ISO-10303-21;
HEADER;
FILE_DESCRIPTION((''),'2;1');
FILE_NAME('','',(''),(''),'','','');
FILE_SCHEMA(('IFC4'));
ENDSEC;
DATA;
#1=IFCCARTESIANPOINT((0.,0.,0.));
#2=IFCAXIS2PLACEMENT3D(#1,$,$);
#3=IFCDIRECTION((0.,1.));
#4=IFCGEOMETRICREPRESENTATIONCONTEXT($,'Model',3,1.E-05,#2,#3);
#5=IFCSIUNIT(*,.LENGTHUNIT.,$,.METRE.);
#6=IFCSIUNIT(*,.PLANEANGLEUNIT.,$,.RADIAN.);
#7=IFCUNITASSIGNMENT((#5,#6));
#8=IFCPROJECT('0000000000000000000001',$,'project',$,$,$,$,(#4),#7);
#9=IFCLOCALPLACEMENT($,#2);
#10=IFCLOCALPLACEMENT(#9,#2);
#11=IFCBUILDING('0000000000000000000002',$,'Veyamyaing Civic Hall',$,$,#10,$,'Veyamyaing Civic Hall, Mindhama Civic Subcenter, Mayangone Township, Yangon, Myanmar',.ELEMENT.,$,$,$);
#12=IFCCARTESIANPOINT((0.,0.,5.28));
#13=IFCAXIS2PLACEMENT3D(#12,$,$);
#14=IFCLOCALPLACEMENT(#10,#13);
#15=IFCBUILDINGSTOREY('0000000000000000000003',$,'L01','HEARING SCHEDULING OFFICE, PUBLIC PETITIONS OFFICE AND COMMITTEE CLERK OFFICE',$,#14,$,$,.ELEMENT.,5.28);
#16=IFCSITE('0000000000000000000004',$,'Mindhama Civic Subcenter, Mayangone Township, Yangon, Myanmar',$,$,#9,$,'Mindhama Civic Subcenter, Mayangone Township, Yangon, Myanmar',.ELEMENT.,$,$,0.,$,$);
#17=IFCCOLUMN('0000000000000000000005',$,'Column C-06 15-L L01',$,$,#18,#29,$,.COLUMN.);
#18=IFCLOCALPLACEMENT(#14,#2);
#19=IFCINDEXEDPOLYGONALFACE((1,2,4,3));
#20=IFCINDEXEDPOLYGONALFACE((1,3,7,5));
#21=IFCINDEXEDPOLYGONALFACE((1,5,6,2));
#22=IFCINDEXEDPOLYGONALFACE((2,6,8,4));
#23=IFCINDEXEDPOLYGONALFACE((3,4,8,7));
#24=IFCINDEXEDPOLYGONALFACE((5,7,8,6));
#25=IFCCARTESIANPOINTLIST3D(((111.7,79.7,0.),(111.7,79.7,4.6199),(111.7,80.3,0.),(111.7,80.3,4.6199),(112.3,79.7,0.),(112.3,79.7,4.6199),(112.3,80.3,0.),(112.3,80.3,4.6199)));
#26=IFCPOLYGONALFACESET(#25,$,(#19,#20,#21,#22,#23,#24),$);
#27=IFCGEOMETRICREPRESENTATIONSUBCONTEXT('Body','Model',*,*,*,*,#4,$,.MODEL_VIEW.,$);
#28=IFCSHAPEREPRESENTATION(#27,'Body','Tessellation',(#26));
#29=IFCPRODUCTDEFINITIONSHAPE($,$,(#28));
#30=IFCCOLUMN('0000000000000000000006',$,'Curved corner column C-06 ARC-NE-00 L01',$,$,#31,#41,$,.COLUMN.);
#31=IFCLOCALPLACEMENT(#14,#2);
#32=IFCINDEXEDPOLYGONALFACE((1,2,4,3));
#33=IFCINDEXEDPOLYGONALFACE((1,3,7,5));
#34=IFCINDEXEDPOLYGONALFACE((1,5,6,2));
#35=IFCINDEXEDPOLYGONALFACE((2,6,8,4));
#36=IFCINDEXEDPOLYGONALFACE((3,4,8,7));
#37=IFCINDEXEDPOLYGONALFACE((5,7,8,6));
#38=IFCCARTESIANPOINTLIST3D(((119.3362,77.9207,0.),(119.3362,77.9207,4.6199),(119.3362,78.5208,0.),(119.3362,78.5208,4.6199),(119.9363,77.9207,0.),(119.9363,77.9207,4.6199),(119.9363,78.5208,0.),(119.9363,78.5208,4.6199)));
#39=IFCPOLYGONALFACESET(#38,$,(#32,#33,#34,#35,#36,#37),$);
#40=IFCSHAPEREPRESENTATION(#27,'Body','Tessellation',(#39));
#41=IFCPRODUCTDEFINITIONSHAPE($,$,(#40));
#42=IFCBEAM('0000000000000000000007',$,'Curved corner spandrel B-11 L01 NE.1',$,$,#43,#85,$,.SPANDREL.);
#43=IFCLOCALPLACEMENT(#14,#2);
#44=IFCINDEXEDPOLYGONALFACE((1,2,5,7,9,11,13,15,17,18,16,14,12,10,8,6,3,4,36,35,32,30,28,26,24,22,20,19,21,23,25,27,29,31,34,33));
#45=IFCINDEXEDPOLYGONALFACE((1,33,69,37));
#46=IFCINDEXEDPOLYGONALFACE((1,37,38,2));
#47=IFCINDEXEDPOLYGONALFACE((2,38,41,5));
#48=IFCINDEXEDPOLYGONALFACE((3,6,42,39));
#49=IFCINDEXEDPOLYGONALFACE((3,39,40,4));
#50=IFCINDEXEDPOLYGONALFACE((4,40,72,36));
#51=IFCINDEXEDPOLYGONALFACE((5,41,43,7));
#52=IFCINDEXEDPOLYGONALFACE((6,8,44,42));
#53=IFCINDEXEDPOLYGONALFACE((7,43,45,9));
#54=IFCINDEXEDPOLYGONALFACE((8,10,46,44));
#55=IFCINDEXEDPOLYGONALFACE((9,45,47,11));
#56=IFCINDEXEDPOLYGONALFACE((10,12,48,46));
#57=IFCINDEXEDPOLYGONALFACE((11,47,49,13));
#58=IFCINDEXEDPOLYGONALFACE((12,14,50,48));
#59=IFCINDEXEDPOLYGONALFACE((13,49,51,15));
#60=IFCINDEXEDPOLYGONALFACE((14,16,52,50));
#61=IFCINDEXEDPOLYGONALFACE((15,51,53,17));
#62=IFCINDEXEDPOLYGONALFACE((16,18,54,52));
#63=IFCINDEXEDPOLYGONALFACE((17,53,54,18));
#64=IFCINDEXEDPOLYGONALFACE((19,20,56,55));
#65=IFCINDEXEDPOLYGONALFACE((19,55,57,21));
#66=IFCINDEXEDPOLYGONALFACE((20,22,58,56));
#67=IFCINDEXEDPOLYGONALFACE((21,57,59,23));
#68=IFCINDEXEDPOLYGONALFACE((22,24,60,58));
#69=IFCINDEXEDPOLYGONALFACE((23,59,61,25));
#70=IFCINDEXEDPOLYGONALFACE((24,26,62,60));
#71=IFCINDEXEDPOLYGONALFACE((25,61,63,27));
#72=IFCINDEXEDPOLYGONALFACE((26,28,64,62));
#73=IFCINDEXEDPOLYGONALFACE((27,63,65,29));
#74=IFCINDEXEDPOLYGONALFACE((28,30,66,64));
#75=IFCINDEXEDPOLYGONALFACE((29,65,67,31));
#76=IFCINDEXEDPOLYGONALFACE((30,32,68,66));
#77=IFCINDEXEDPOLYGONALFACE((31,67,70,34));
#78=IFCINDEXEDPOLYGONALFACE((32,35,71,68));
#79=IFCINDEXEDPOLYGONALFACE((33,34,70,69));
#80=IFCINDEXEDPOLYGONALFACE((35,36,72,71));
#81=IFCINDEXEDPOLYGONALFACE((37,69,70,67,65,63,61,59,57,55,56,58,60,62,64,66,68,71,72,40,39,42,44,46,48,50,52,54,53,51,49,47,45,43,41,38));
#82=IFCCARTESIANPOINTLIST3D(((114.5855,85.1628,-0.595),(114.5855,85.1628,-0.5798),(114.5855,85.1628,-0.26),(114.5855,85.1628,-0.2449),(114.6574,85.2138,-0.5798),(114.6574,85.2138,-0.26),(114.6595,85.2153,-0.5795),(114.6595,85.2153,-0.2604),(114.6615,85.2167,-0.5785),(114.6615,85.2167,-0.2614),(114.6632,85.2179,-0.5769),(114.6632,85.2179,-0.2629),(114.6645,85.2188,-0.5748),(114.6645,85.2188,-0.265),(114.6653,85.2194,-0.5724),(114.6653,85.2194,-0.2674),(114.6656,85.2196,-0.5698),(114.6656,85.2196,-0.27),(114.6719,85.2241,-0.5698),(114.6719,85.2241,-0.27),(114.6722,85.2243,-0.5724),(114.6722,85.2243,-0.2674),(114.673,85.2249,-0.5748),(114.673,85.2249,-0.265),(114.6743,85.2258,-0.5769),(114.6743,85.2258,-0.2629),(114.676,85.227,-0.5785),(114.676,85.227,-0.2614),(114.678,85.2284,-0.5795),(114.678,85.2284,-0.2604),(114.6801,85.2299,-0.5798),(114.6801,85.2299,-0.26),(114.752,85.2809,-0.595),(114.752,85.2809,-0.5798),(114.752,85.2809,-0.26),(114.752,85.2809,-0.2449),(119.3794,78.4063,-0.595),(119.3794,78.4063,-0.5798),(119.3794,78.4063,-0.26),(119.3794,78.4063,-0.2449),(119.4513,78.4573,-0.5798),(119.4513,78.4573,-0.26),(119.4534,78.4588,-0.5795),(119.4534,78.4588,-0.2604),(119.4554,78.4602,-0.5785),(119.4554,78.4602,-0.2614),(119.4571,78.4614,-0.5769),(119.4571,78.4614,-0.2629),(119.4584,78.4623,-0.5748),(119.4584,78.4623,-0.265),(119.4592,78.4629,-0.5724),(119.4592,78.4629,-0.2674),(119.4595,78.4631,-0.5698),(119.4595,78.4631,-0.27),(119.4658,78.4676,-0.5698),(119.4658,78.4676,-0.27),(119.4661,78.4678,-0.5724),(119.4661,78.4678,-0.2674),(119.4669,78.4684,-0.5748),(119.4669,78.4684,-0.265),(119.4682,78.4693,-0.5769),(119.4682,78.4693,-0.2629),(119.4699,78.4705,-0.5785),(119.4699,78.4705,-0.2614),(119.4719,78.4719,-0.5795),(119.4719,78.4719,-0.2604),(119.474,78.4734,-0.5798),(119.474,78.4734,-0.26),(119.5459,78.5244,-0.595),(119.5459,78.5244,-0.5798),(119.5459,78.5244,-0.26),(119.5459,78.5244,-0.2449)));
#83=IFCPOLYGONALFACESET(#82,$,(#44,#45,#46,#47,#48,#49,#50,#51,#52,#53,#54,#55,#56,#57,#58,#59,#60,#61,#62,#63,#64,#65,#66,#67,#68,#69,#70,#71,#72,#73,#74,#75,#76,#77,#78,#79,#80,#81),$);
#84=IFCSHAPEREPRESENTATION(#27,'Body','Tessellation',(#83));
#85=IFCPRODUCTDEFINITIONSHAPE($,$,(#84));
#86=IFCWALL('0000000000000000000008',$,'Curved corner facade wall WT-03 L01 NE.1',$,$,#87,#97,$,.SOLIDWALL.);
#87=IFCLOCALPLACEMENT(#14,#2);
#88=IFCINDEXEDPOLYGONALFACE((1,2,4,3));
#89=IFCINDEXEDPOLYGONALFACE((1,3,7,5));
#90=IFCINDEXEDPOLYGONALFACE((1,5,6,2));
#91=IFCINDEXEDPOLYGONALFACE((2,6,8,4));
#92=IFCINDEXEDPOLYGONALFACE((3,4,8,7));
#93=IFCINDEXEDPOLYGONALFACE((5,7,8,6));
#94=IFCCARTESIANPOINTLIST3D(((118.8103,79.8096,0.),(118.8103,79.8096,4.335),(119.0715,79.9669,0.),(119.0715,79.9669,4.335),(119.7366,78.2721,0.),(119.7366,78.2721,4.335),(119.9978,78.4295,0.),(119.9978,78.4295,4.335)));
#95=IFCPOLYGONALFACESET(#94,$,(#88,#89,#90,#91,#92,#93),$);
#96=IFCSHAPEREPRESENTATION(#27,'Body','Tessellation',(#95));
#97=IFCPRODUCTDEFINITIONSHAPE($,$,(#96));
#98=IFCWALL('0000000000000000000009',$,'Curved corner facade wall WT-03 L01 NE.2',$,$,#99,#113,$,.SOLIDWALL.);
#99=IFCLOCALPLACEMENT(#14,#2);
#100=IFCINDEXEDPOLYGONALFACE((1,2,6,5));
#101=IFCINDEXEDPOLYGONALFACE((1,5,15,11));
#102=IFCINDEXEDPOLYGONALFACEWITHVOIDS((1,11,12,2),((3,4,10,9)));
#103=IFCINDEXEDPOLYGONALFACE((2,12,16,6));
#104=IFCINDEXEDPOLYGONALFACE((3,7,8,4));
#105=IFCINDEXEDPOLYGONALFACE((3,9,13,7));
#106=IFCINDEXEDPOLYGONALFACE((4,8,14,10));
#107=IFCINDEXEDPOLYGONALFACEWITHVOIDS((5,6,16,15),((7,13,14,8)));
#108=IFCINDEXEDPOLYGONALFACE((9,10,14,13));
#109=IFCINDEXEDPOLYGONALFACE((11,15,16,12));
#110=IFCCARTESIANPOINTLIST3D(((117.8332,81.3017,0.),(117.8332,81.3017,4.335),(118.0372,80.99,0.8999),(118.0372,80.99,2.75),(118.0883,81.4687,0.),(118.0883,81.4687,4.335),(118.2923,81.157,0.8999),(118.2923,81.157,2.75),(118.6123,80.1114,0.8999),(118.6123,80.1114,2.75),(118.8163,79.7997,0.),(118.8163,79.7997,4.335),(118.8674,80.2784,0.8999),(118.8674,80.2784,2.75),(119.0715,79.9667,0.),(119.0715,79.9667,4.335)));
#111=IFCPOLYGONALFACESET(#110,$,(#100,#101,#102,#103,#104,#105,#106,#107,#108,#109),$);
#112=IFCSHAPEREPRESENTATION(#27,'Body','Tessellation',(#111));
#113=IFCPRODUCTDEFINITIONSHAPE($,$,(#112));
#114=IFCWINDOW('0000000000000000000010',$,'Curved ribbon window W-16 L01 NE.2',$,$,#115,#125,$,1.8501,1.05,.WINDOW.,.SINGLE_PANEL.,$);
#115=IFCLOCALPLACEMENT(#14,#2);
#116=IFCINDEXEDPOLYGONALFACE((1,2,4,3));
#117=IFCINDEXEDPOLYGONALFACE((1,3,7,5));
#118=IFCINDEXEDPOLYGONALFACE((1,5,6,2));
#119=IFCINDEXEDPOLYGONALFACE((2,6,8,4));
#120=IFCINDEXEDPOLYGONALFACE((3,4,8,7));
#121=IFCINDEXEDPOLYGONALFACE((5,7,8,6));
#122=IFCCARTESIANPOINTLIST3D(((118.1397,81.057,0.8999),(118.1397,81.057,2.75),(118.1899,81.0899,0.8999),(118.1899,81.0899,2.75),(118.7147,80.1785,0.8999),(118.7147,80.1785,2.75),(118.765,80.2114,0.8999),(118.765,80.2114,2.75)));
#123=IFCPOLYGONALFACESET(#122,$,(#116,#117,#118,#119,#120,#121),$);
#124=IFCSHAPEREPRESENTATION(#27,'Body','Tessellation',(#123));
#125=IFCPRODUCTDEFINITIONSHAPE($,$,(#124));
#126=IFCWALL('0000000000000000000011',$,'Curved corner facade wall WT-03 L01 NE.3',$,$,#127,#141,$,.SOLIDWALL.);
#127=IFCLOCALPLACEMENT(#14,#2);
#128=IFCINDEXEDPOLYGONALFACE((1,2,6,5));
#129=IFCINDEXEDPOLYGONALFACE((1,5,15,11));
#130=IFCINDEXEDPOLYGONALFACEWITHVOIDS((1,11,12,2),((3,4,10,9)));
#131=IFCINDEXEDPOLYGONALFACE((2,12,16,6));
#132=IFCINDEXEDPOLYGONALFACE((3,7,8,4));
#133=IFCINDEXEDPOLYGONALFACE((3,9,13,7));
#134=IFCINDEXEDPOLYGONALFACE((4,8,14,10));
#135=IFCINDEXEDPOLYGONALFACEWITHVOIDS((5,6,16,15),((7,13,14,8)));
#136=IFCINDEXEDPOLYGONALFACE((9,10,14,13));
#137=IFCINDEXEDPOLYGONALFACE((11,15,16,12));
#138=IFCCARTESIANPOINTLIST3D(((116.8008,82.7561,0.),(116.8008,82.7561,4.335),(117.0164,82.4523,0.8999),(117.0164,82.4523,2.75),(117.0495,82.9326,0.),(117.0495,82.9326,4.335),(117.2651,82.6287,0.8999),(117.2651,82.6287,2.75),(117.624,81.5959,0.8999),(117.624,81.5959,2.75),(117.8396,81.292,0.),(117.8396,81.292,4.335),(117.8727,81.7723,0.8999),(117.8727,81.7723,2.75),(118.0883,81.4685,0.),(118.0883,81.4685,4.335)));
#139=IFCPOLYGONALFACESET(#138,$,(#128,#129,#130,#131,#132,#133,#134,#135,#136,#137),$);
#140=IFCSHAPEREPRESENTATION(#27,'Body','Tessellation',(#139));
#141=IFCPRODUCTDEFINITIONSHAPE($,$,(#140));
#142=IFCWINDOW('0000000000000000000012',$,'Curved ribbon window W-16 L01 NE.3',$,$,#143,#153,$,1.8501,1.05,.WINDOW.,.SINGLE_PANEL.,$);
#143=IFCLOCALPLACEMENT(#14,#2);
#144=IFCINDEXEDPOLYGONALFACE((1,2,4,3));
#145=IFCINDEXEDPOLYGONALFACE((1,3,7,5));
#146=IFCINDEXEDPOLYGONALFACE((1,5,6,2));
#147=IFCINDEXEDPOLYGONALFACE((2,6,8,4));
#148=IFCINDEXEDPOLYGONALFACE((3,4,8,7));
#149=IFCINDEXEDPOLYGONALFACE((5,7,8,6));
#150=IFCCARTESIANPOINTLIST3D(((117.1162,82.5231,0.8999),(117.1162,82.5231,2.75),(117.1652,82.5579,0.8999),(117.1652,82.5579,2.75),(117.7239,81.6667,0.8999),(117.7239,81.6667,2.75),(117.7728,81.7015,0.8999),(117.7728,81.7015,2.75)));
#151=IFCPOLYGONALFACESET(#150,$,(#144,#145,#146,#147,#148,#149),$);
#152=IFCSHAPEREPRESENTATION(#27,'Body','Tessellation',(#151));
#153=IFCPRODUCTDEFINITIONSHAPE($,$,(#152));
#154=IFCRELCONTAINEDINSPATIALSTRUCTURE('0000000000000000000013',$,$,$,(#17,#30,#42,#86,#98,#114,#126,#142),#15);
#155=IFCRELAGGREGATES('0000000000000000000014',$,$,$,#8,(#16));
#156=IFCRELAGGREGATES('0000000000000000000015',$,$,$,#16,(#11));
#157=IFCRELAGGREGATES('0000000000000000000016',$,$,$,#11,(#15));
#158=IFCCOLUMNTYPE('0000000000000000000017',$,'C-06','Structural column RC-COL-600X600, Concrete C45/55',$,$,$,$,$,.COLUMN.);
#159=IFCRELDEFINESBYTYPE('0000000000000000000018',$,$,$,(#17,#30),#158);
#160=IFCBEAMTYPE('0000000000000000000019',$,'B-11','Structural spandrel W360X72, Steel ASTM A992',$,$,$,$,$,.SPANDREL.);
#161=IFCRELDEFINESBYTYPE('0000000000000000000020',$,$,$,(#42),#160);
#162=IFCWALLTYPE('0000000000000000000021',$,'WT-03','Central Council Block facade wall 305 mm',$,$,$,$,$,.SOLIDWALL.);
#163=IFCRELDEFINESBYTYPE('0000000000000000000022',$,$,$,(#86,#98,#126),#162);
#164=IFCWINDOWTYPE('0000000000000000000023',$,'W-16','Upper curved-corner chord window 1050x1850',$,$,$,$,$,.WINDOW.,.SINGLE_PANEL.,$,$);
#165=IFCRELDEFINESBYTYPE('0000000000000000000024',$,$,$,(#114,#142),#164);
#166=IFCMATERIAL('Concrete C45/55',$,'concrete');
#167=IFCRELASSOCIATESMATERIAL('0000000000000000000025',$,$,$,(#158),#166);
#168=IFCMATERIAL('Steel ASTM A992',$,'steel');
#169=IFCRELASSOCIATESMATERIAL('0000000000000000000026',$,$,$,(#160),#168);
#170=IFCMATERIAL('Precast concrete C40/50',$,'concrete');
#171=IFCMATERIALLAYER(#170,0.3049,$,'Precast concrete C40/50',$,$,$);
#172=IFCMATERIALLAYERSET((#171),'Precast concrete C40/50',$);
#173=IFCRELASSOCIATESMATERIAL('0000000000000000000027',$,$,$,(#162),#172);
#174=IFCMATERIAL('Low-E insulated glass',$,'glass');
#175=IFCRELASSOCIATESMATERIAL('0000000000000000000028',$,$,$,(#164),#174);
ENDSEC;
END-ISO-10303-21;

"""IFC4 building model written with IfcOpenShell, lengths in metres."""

from ifc_helpers import new_model, si_unit, direction, frame, frame_2d, origin, origin_2d, place, context, subcontext, project, spatial, rectangle, i_section, extrude, material, layer, layer_set, material_profile, profile_set, type_object, element, fill, save


model = new_model("IFC4")

# Units and contexts
model_context = context("Model", 3, precision=1e-05, world=origin(), true_north=direction((0.0, 1.0)))
body_context = subcontext(model_context, "Body", "Model", "MODEL_VIEW")
ifc_project = project(units=[si_unit("LENGTHUNIT", "METRE"), si_unit("PLANEANGLEUNIT", "RADIAN")], contexts=[model_context])

# Site, building, storey
site_placement = place(None, origin())
site = spatial("IfcSite", under=ifc_project, at=site_placement, Name="Mindhama Civic Subcenter, Mayangone Township, Yangon, Myanmar", LongName="Mindhama Civic Subcenter, Mayangone Township, Yangon, Myanmar", CompositionType="ELEMENT", RefElevation=0.0)
building_placement = place(site_placement, origin())
building = spatial("IfcBuilding", under=site, at=building_placement, Name="Veyamyaing Civic Hall", LongName="Veyamyaing Civic Hall, Mindhama Civic Subcenter, Mayangone Township, Yangon, Myanmar", CompositionType="ELEMENT")
storey_placement = place(building_placement, frame((0.0, 0.0, 5.28)))
storey = spatial("IfcBuildingStorey", under=building, at=storey_placement, Name="L01", Description="HEARING SCHEDULING OFFICE, PUBLIC PETITIONS OFFICE AND COMMITTEE CLERK OFFICE", CompositionType="ELEMENT", Elevation=5.28)

# Columns
ifc_material_1 = material(Name="Concrete C45/55", Category="concrete")
ifc_material_profile_1 = material_profile(ifc_material_1, rectangle(XDim=0.6001, YDim=0.6001, at=origin_2d()), Name="RC-COL-600X600")
ifc_profile_set_1 = profile_set([ifc_material_profile_1], Name="Concrete C45/55")
column_type = type_object("IfcColumnType", Name="C-06", Description="Structural column RC-COL-600X600, Concrete C45/55", PredefinedType="COLUMN", material=ifc_profile_set_1)
for number, where, z_axis, x_axis, name in (
    (1, (112.0, 80.0, 0.0), (0.0, 0.0, 1.0), (1.0, 0.0, 0.0), "Column C-06 15-L L01"),
    (2, (119.6362, 78.2207, 0.0), (0.0, 0.0, 1.0), (1.0, 0.0, 0.0), "Curved corner column C-06 ARC-NE-00 L01"),
):
    element("IfcColumn", number, at=place(storey_placement, frame(where, z_axis=z_axis, x_axis=x_axis)), inside=storey, type_object=column_type, Name=name, PredefinedType="COLUMN", context=body_context, shape_type="SweptSolid", body=[
        extrude(rectangle(XDim=0.6001, YDim=0.6001, at=origin_2d()), origin(), (0.0, 0.0, 1.0), 4.6199),
    ])

# Beam
ifc_material_2 = material(Name="Steel ASTM A992", Category="steel")
ifc_material_profile_2 = material_profile(ifc_material_2, i_section(OverallWidth=0.2041, OverallDepth=0.3501, WebThickness=0.0078, FlangeThickness=0.0151, FilletRadius=0.01, at=origin_2d()), Name="W360X72")
ifc_profile_set_2 = profile_set([ifc_material_profile_2], Name="Steel ASTM A992")
beam_type = type_object("IfcBeamType", Name="B-11", Description="Structural spandrel W360X72, Steel ASTM A992", PredefinedType="SPANDREL", material=ifc_profile_set_2)
beam_placement = place(storey_placement, frame((119.4626, 78.4653, -0.4199), z_axis=(-0.578662, 0.815567, 0.0), x_axis=(-0.815567, -0.578662, 0.0)))
element("IfcBeam", 3, at=beam_placement, inside=storey, type_object=beam_type, Name="Curved corner spandrel B-11 L01 NE.1", PredefinedType="SPANDREL", context=body_context, shape_type="SweptSolid", body=[
    extrude(i_section(OverallWidth=0.2041, OverallDepth=0.3501, WebThickness=0.0078, FlangeThickness=0.0151, FilletRadius=0.01, at=origin_2d()), origin(), (0.0, 0.0, 1.0), 8.2844),
])

# Wall
ifc_material_3 = material(Name="Precast concrete C40/50", Category="concrete")
ifc_layer_1 = layer(ifc_material_3, 0.3049, Name="Precast concrete C40/50")
ifc_layer_set_1 = layer_set([ifc_layer_1], Name="Precast concrete C40/50")
wall_type_1 = type_object("IfcWallType", Name="WT-03", Description="Central Council Block facade wall 305 mm", PredefinedType="SOLIDWALL", material=ifc_layer_set_1)
wall_1_placement = place(storey_placement, frame((119.8672, 78.3508, 0.0), z_axis=(0.0, 0.0, 1.0), x_axis=(-0.516075, 0.856543, 0.0)))
element("IfcWall", 4, at=wall_1_placement, inside=storey, type_object=wall_type_1, Name="Curved corner facade wall WT-03 L01 NE.1", PredefinedType="SOLIDWALL", context=body_context, shape_type="SweptSolid", body=[
    extrude(rectangle(XDim=1.7949, YDim=0.3049, at=frame_2d((0.8975, 0.0))), origin(), (0.0, 0.0, 1.0), 4.335),
])

# Walls, openings, windows
wall_2_placement = place(storey_placement, frame((118.9438, 79.8833, 0.0), z_axis=(0.0, 0.0, 1.0), x_axis=(-0.547682, 0.836687, 0.0)))
wall_2 = element("IfcWall", 5, at=wall_2_placement, inside=storey, type_object=wall_type_1, Name="Curved corner facade wall WT-03 L01 NE.2", PredefinedType="SOLIDWALL", context=body_context, shape_type="SweptSolid", body=[
    extrude(rectangle(XDim=1.7952, YDim=0.3049, at=frame_2d((0.8975, 0.0))), origin(), (0.0, 0.0, 1.0), 4.335),
])
opening_1_placement = place(wall_2_placement, frame((0.3726, 0.0, 0.8999)))
opening_1 = element("IfcOpeningElement", 6, at=opening_1_placement, cuts=wall_2, PredefinedType="OPENING", context=body_context, shape_type="SweptSolid", body=[
    extrude(rectangle(XDim=1.05, YDim=1.8501, at=frame_2d((0.5249, 0.925))), frame((0.0, 0.1624, 0.0), z_axis=(0.0, -1.0, 0.0), x_axis=(1.0, 0.0, 0.0)), (0.0, 0.0, 1.0), 0.325),
])
ifc_material_4 = material(Name="Low-E insulated glass", Category="glass")
window_type = type_object("IfcWindowType", Name="W-16", Description="Upper curved-corner chord window 1050x1850", PartitioningType="SINGLE_PANEL", PredefinedType="WINDOW", material=ifc_material_4)
window_1_placement = place(opening_1_placement, origin())
window_1 = element("IfcWindow", 7, at=window_1_placement, inside=storey, type_object=window_type, Name="Curved ribbon window W-16 L01 NE.2", OverallHeight=1.8501, OverallWidth=1.05, PartitioningType="SINGLE_PANEL", PredefinedType="WINDOW", context=body_context, shape_type="SweptSolid", body=[
    extrude(rectangle(XDim=1.05, YDim=1.8501, at=frame_2d((0.5249, 0.925))), frame((0.0, 0.03, 0.0), z_axis=(0.0, -1.0, 0.0), x_axis=(1.0, 0.0, 0.0)), (0.0, 0.0, 1.0), 0.0601),
])
fill(opening_1, window_1)
wall_3_placement = place(storey_placement, frame((117.9639, 81.3804, 0.0), z_axis=(0.0, 0.0, 1.0), x_axis=(-0.578662, 0.815567, 0.0)))
wall_3 = element("IfcWall", 8, at=wall_3_placement, inside=storey, type_object=wall_type_1, Name="Curved corner facade wall WT-03 L01 NE.3", PredefinedType="SOLIDWALL", context=body_context, shape_type="SweptSolid", body=[
    extrude(rectangle(XDim=1.7952, YDim=0.3049, at=frame_2d((0.8975, 0.0))), origin(), (0.0, 0.0, 1.0), 4.335),
])
opening_2_placement = place(wall_3_placement, frame((0.3726, 0.0, 0.8999)))
opening_2 = element("IfcOpeningElement", 9, at=opening_2_placement, cuts=wall_3, PredefinedType="OPENING", context=body_context, shape_type="SweptSolid", body=[
    extrude(rectangle(XDim=1.05, YDim=1.8501, at=frame_2d((0.5249, 0.925))), frame((0.0, 0.1624, 0.0), z_axis=(0.0, -1.0, 0.0), x_axis=(1.0, 0.0, 0.0)), (0.0, 0.0, 1.0), 0.325),
])
window_2_placement = place(opening_2_placement, origin())
window_2 = element("IfcWindow", 10, at=window_2_placement, inside=storey, type_object=window_type, Name="Curved ribbon window W-16 L01 NE.3", OverallHeight=1.8501, OverallWidth=1.05, PartitioningType="SINGLE_PANEL", PredefinedType="WINDOW", context=body_context, shape_type="SweptSolid", body=[
    extrude(rectangle(XDim=1.05, YDim=1.8501, at=frame_2d((0.5249, 0.925))), frame((0.0, 0.03, 0.0), z_axis=(0.0, -1.0, 0.0), x_axis=(1.0, 0.0, 0.0)), (0.0, 0.0, 1.0), 0.0601),
])
fill(opening_2, window_2)

save(model, "model.ifc")
